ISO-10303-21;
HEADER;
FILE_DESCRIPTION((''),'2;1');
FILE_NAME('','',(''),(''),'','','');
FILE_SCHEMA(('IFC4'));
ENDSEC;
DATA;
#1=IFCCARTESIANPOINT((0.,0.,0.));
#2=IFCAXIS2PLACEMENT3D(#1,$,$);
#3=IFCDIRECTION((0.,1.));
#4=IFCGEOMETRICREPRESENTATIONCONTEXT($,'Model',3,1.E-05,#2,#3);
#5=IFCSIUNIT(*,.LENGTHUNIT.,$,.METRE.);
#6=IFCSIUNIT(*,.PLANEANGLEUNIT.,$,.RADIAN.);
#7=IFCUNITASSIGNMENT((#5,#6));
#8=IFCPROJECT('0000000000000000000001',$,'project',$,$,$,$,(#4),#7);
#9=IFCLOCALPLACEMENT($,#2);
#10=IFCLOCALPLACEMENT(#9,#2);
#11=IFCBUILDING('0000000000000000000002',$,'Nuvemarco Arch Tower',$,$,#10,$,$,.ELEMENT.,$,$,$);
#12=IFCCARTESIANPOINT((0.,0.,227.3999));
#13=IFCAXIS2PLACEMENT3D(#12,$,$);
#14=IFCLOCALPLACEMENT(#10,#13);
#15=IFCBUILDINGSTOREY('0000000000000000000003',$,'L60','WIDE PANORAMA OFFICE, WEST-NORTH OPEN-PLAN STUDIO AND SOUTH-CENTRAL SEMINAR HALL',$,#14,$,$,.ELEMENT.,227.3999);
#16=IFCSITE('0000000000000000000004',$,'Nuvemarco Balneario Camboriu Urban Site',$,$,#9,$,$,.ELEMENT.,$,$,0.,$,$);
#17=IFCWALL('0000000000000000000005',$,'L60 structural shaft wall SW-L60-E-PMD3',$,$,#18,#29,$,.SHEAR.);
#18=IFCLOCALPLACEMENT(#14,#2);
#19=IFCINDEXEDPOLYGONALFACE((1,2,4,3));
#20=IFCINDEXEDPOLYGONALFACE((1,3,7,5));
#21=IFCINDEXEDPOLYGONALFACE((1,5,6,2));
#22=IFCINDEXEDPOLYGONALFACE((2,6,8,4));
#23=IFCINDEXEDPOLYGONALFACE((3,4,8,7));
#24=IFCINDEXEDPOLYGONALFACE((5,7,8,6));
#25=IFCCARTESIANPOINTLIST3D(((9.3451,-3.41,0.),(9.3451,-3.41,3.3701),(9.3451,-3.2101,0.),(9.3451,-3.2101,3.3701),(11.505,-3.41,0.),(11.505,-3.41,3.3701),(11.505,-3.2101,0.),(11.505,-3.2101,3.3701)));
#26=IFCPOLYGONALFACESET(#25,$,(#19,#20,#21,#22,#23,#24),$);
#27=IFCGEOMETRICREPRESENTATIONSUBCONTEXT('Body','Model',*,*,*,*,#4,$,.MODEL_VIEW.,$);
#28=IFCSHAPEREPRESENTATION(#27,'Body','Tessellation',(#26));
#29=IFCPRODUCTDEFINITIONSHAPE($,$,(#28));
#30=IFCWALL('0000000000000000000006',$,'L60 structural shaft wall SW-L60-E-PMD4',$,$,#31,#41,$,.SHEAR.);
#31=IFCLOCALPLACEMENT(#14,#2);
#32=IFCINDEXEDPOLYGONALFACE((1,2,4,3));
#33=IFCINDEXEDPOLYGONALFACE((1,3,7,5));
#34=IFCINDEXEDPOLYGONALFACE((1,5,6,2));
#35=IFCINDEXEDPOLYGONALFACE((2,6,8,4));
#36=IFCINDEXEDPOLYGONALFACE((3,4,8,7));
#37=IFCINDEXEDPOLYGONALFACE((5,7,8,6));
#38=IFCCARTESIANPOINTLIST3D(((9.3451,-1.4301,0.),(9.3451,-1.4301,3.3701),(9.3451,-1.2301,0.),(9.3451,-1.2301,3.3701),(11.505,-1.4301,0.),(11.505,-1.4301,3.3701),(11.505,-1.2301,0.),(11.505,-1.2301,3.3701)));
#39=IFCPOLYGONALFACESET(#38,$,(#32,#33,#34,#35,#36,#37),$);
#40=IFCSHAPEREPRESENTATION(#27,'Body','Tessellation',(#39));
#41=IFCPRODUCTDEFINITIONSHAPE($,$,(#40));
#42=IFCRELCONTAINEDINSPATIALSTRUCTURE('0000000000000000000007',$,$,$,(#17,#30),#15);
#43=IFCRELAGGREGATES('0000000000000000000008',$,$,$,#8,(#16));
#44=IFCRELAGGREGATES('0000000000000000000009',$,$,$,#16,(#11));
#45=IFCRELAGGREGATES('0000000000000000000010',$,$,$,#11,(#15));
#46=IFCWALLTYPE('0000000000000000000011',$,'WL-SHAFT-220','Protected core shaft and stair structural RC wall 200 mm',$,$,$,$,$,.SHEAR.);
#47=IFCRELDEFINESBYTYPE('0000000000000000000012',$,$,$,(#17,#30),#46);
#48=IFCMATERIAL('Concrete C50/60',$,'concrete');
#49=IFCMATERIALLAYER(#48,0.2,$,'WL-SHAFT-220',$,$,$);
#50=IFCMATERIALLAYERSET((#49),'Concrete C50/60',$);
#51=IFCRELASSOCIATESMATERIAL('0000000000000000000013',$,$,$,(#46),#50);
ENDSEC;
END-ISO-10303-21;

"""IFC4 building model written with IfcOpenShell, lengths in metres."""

from ifc_helpers import new_model, si_unit, direction, frame, frame_2d, origin, place, context, subcontext, project, spatial, rectangle, extrude, material, layer, layer_set, type_object, element, save


model = new_model("IFC4")

# Units and contexts
model_context = context("Model", 3, precision=1e-05, world=origin(), true_north=direction((0.0, 1.0)))
body_context = subcontext(model_context, "Body", "Model", "MODEL_VIEW")
ifc_project = project(units=[si_unit("LENGTHUNIT", "METRE"), si_unit("PLANEANGLEUNIT", "RADIAN")], contexts=[model_context])

# Site, building, storey
site_placement = place(None, origin())
site = spatial("IfcSite", under=ifc_project, at=site_placement, Name="Nuvemarco Balneario Camboriu Urban Site", CompositionType="ELEMENT", RefElevation=0.0)
building_placement = place(site_placement, origin())
building = spatial("IfcBuilding", under=site, at=building_placement, Name="Nuvemarco Arch Tower", CompositionType="ELEMENT")
storey_placement = place(building_placement, frame((0.0, 0.0, 227.3999)))
storey = spatial("IfcBuildingStorey", under=building, at=storey_placement, Name="L60", Description="WIDE PANORAMA OFFICE, WEST-NORTH OPEN-PLAN STUDIO AND SOUTH-CENTRAL SEMINAR HALL", CompositionType="ELEMENT", Elevation=227.3999)

# Shared definitions
ifc_material_1 = material(Name="Concrete C50/60", Category="concrete")

# Shared definitions
ifc_layer_1 = layer(ifc_material_1, 0.2, Name="WL-SHAFT-220")
ifc_layer_set_1 = layer_set([ifc_layer_1], Name="Concrete C50/60")
wall_type_1 = type_object("IfcWallType", Name="WL-SHAFT-220", Description="Protected core shaft and stair structural RC wall 200 mm", PredefinedType="SHEAR", material=ifc_layer_set_1)

# Walls
for number, where, z_axis, x_axis, name in (
    (1, (9.345, -3.3101, 0.0), (0.0, 0.0, 1.0), (1.0, 0.0, 0.0), "L60 structural shaft wall SW-L60-E-PMD3"),
    (2, (9.345, -1.3301, 0.0), (0.0, 0.0, 1.0), (1.0, 0.0, 0.0), "L60 structural shaft wall SW-L60-E-PMD4"),
):
    element("IfcWall", number, at=place(storey_placement, frame(where, z_axis=z_axis, x_axis=x_axis)), inside=storey, type_object=wall_type_1, Name=name, PredefinedType="SHEAR", context=body_context, shape_type="SweptSolid", body=[
        extrude(rectangle(XDim=2.1599, YDim=0.2, at=frame_2d((1.0801, 0.0))), origin(), (0.0, 0.0, 1.0), 3.3701),
    ])

save(model, "model.ifc")
